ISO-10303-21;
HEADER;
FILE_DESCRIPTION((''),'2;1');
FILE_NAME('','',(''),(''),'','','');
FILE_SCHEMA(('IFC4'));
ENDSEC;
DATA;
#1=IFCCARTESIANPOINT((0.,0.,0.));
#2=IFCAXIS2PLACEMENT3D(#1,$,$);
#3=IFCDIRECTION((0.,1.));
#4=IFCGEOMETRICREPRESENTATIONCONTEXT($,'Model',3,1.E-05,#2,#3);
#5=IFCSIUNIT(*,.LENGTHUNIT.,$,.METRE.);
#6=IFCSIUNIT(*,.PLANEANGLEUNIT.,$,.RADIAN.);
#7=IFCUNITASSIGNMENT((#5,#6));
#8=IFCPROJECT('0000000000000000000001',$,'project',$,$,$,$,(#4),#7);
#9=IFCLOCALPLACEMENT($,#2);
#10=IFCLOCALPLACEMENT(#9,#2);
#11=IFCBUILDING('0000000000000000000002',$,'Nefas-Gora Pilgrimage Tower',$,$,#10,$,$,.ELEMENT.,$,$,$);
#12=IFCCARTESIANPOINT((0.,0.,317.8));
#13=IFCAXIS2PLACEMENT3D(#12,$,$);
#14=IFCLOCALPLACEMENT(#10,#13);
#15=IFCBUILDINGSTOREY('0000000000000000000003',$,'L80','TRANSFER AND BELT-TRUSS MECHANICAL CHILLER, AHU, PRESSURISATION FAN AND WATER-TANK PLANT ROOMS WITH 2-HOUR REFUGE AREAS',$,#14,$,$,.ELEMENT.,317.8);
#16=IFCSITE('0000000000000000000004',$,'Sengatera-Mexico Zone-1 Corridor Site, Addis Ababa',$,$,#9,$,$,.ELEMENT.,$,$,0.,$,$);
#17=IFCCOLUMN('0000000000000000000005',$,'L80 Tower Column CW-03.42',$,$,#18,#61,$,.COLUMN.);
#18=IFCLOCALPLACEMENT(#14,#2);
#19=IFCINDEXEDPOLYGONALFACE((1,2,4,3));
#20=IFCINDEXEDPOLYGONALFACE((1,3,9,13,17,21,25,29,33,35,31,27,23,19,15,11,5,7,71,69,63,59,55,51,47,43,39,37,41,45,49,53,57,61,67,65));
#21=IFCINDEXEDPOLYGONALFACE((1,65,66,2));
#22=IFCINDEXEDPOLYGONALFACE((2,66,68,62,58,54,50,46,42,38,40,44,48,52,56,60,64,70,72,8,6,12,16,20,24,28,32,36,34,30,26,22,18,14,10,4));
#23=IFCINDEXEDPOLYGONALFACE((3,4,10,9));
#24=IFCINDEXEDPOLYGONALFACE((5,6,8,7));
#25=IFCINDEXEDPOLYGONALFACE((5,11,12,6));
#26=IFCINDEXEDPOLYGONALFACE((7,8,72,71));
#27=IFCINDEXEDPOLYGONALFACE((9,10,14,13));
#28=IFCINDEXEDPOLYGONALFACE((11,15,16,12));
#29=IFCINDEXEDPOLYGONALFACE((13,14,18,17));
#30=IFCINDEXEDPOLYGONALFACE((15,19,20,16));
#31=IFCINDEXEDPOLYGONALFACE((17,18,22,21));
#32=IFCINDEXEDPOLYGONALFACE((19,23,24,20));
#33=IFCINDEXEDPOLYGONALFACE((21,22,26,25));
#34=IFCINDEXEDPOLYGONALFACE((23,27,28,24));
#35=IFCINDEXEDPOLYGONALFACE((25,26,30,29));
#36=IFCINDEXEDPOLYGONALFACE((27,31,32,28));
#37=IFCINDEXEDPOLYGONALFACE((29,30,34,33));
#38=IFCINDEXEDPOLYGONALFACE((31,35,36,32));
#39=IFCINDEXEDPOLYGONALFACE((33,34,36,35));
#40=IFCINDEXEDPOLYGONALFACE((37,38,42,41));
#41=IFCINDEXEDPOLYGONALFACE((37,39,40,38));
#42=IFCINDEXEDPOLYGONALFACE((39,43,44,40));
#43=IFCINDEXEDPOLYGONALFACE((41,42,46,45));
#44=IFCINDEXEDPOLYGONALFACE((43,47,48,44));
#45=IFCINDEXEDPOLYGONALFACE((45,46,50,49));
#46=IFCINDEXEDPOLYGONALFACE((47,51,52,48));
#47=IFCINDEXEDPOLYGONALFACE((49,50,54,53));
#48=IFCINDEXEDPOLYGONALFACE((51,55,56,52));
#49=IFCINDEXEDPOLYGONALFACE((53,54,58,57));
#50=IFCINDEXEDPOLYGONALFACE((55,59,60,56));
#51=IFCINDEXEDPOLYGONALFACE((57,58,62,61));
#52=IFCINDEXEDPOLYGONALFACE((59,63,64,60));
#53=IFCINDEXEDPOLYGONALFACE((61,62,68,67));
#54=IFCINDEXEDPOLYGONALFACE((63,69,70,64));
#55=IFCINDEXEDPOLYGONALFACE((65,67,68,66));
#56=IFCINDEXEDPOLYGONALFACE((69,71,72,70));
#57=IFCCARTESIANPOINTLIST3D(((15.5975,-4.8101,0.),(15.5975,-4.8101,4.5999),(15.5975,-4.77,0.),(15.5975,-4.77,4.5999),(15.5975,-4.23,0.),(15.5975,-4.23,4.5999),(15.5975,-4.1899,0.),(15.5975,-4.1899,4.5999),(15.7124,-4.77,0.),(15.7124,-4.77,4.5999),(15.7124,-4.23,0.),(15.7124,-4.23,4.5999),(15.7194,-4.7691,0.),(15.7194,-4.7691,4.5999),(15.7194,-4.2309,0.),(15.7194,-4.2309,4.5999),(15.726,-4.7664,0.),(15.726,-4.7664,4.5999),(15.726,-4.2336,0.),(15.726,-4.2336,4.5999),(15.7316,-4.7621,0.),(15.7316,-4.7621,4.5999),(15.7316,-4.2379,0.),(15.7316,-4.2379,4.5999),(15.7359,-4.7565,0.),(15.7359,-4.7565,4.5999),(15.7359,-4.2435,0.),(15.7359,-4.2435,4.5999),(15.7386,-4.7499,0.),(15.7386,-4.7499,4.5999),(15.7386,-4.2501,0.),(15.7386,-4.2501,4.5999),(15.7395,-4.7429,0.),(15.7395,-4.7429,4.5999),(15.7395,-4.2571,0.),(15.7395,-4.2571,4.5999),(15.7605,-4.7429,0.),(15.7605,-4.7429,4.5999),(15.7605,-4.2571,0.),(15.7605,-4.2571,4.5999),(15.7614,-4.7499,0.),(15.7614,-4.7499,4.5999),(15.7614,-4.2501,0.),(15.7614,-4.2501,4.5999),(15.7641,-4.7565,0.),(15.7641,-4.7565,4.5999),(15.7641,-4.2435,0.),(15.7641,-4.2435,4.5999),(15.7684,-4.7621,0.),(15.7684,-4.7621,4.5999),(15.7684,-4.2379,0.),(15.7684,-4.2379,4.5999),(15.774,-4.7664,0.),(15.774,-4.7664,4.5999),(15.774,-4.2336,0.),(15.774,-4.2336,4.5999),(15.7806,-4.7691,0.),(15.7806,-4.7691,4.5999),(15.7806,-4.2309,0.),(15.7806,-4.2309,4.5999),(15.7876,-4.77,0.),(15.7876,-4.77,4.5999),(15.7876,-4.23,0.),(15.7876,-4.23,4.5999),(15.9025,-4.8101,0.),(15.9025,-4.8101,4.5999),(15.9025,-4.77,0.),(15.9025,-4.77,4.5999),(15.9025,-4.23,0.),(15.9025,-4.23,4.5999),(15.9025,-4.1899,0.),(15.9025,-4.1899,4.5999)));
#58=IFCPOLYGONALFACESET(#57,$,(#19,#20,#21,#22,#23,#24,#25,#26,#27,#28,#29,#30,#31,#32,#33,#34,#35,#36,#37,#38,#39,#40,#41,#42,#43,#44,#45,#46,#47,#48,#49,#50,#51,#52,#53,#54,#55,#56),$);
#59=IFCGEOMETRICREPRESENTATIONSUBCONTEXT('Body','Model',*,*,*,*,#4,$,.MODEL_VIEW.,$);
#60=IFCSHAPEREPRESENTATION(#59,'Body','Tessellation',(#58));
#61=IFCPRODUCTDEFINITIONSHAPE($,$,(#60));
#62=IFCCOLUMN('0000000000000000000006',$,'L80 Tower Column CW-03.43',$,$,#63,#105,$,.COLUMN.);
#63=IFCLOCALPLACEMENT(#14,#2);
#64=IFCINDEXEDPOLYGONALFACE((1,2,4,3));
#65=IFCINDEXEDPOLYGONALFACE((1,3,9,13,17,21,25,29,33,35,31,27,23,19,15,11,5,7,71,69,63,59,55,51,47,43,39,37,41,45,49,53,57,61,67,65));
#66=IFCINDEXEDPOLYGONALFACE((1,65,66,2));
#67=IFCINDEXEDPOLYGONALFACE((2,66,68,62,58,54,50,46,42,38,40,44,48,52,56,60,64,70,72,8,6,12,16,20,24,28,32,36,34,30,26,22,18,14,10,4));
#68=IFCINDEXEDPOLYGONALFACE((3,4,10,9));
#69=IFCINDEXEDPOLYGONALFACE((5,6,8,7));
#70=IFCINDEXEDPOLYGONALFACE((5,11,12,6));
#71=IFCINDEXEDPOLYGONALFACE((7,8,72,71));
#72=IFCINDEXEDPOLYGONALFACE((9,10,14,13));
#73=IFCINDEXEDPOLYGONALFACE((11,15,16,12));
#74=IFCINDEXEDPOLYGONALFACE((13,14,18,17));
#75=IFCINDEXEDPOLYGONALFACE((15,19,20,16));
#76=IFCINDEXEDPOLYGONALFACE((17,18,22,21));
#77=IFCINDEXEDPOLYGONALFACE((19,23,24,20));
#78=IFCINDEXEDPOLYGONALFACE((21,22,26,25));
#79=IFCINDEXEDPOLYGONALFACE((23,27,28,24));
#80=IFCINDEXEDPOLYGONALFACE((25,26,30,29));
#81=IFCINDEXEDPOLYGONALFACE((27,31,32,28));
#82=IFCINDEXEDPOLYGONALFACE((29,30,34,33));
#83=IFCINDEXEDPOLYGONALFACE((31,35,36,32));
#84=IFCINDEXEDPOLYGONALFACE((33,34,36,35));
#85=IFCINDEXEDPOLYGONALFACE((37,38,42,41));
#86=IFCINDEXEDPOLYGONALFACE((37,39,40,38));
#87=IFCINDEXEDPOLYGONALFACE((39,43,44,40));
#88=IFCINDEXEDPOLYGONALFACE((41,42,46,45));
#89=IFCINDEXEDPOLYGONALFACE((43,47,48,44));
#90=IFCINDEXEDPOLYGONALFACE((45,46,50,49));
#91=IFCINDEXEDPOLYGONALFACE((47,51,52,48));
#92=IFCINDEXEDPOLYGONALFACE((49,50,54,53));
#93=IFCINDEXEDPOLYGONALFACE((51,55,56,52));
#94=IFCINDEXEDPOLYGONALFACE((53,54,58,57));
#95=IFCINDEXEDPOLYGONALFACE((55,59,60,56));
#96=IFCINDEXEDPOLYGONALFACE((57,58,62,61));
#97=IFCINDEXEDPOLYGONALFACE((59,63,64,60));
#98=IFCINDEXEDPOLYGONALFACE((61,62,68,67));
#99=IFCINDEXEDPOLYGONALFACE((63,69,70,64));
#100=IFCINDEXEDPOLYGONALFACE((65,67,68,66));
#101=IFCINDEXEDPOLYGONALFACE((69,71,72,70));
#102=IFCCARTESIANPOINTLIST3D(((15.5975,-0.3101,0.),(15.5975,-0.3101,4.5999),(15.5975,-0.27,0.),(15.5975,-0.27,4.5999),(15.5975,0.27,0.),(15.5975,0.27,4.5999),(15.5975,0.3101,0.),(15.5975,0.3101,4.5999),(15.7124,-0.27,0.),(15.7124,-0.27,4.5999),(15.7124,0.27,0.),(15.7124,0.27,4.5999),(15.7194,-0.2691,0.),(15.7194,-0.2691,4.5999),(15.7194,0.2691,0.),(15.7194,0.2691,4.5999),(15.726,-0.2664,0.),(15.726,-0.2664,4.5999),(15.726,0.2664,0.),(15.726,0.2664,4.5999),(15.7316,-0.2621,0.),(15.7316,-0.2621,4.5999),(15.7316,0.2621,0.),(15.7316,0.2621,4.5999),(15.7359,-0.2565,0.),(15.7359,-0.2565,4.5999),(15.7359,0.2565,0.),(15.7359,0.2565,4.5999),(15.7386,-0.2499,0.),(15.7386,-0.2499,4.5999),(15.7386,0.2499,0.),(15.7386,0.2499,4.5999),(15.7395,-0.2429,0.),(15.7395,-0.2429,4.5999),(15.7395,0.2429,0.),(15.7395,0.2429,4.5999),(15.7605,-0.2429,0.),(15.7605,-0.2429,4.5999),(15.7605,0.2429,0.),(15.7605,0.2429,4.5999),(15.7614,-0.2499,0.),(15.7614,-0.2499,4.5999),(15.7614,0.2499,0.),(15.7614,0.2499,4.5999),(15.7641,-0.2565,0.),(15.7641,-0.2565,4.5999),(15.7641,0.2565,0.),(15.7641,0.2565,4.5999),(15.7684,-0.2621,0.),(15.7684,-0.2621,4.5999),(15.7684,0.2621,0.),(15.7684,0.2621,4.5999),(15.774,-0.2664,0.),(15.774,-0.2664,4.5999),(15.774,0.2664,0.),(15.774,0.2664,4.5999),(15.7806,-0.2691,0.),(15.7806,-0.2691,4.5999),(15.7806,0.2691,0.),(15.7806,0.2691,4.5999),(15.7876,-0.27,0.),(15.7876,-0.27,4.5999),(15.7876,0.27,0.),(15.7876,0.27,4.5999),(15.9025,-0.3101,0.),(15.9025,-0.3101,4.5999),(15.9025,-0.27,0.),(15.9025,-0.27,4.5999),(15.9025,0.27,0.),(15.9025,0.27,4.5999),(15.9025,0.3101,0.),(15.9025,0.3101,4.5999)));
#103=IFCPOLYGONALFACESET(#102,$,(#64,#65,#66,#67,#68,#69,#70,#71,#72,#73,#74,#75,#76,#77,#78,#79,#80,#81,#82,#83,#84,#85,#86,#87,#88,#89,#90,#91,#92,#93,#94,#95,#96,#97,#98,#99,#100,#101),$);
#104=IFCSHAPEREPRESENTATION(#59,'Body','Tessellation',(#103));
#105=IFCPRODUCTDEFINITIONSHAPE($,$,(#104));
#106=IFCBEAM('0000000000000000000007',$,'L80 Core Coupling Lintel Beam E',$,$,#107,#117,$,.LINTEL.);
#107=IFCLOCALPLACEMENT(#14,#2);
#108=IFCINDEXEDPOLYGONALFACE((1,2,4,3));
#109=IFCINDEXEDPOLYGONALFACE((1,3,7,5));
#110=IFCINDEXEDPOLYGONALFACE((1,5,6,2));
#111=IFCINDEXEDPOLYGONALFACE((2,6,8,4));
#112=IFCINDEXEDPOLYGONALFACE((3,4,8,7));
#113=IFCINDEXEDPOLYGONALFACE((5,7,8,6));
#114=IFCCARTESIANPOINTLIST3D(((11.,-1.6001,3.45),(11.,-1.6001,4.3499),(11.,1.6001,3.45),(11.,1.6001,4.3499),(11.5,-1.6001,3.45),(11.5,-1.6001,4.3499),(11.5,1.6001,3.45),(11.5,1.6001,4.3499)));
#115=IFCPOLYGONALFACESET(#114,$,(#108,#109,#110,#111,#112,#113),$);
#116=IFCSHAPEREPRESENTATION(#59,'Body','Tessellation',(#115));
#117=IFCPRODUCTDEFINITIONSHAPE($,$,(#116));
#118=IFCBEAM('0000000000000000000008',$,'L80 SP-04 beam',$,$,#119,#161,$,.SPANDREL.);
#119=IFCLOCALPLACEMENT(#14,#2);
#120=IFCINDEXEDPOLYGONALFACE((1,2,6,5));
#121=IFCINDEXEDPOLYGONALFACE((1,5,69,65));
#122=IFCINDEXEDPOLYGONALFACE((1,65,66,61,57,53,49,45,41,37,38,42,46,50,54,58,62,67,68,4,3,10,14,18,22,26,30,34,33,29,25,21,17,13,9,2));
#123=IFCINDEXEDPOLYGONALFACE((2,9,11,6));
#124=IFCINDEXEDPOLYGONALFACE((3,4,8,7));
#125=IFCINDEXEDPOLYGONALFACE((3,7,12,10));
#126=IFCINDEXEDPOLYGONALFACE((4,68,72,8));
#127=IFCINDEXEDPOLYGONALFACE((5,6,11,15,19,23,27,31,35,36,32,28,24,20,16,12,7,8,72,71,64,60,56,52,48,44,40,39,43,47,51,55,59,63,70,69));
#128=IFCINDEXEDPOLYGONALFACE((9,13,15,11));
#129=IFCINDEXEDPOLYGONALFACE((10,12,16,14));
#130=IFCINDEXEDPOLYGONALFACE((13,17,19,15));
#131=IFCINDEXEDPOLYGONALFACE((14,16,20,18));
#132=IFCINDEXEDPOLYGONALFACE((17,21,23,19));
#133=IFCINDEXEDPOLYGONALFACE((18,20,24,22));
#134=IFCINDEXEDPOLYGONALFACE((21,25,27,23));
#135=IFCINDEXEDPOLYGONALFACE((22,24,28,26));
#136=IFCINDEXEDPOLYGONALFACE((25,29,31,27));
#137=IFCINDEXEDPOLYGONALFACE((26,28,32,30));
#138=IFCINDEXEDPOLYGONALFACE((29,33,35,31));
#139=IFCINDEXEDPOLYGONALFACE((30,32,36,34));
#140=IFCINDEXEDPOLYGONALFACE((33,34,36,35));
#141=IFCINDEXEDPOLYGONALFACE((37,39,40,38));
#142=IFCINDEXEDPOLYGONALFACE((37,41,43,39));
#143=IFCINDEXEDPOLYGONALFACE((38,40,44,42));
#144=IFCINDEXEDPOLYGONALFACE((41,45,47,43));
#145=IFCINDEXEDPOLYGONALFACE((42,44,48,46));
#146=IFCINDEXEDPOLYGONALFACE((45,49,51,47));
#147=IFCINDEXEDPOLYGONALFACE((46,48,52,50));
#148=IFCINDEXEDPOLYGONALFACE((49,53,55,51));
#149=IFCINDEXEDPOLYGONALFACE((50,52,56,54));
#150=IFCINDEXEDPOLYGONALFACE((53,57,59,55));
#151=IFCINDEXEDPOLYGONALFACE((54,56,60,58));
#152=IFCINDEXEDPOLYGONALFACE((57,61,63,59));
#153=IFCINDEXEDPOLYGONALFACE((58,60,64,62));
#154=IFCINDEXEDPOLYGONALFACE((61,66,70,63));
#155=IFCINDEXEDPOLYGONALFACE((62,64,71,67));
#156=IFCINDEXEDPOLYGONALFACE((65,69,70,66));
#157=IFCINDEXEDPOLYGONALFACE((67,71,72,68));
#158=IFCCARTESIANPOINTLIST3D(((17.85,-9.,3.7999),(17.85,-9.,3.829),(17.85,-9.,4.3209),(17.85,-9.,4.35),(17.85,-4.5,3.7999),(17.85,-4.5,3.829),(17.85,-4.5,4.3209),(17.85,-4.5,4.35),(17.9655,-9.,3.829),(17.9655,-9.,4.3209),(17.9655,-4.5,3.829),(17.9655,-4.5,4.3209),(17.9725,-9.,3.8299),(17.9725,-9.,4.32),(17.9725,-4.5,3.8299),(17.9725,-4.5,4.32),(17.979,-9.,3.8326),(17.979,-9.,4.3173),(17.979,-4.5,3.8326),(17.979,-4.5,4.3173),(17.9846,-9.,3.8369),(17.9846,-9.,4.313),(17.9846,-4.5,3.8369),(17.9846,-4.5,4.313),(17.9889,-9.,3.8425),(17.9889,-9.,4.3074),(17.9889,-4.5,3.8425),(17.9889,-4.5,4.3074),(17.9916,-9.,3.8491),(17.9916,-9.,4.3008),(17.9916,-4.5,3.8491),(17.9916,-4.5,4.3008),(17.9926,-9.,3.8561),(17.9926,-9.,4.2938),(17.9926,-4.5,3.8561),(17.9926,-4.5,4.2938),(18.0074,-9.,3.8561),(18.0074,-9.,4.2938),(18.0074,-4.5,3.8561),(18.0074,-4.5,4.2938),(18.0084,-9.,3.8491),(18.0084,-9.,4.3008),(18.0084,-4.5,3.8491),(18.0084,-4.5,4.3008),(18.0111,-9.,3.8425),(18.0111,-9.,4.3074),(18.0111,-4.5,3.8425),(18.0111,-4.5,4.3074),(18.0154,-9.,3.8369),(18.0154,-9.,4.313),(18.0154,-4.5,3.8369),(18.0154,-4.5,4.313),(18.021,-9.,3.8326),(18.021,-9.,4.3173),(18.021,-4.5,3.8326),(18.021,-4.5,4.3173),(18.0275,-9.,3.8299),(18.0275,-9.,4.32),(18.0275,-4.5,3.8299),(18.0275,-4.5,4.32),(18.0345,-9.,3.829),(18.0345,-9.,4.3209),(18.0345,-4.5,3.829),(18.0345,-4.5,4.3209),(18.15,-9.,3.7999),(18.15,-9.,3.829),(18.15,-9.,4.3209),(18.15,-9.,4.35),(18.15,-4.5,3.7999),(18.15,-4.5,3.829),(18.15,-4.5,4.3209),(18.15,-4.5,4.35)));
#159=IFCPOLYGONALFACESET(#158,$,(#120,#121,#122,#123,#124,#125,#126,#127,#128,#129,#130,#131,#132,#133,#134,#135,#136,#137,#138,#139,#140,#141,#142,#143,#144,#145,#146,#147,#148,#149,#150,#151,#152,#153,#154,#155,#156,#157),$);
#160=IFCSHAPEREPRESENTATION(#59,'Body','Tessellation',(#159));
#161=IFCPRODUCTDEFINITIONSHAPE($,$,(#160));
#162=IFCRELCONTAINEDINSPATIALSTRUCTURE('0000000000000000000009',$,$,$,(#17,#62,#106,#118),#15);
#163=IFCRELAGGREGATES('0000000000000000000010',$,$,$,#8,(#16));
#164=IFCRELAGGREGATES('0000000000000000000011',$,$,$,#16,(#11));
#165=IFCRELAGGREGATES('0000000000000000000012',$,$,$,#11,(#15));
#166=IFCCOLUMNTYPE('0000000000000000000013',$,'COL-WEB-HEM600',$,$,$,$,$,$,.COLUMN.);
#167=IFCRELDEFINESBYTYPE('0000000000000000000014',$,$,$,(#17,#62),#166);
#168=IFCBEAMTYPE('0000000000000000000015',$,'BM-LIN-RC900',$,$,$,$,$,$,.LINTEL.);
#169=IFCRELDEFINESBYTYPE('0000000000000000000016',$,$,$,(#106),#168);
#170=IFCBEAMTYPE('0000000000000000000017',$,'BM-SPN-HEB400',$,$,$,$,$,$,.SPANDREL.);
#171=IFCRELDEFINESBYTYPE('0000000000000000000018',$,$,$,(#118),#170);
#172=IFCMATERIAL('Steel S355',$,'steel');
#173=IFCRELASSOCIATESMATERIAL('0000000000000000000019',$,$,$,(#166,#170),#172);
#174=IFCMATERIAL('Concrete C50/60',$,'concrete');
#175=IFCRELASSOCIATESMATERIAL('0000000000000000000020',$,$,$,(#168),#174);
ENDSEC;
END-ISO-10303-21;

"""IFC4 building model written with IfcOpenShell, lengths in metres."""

from ifc_helpers import new_model, si_unit, direction, frame, origin, origin_2d, place, context, subcontext, project, spatial, rectangle, i_section, extrude, source, transform, mapped, material, material_profile, profile_set, type_object, element, save


model = new_model("IFC4")

# Units and contexts
model_context = context("Model", 3, precision=1e-05, world=origin(), true_north=direction((0.0, 1.0)))
body_context = subcontext(model_context, "Body", "Model", "MODEL_VIEW")
ifc_project = project(units=[si_unit("LENGTHUNIT", "METRE"), si_unit("PLANEANGLEUNIT", "RADIAN")], contexts=[model_context])

# Site, building, storey
site_placement = place(None, origin())
site = spatial("IfcSite", under=ifc_project, at=site_placement, Name="Sengatera-Mexico Zone-1 Corridor Site, Addis Ababa", CompositionType="ELEMENT", RefElevation=0.0)
building_placement = place(site_placement, origin())
building = spatial("IfcBuilding", under=site, at=building_placement, Name="Nefas-Gora Pilgrimage Tower", CompositionType="ELEMENT")
storey_placement = place(building_placement, frame((0.0, 0.0, 317.8)))
storey = spatial("IfcBuildingStorey", under=building, at=storey_placement, Name="L80", Description="TRANSFER AND BELT-TRUSS MECHANICAL CHILLER, AHU, PRESSURISATION FAN AND WATER-TANK PLANT ROOMS WITH 2-HOUR REFUGE AREAS", CompositionType="ELEMENT", Elevation=317.8)

# Columns
ifc_material_1 = material(Name="Steel S355", Category="steel")
ifc_material_profile_1 = material_profile(ifc_material_1, i_section(OverallWidth=0.3049, OverallDepth=0.6201, WebThickness=0.021, FlangeThickness=0.04, FilletRadius=0.0271, at=origin_2d()), Name="HEM 600")
ifc_profile_set_1 = profile_set([ifc_material_profile_1], Name="Steel S355")
column_type_1 = type_object("IfcColumnType", Name="COL-WEB-HEM600", PredefinedType="COLUMN", material=ifc_profile_set_1)
shared_shape_1 = source(origin(), body_context, "Body", "SweptSolid", [
    extrude(i_section(OverallWidth=0.3049, OverallDepth=0.6201, WebThickness=0.021, FlangeThickness=0.04, FilletRadius=0.0271, at=origin_2d()), origin(), (0.0, 0.0, 1.0), 4.5999),
])
for number, where, z_axis, x_axis, name in (
    (1, (15.75, -4.5, 0.0), (0.0, 0.0, 1.0), (1.0, 0.0, 0.0), "L80 Tower Column CW-03.42"),
    (2, (15.75, 0.0, 0.0), (0.0, 0.0, 1.0), (1.0, 0.0, 0.0), "L80 Tower Column CW-03.43"),
):
    element("IfcColumn", number, at=place(storey_placement, frame(where, z_axis=z_axis, x_axis=x_axis)), inside=storey, type_object=column_type_1, Name=name, PredefinedType="COLUMN", context=body_context, shape_type="MappedRepresentation", body=[
        mapped(shared_shape_1, transform((0.0, 0.0, 0.0), x_axis=(1.0, 0.0, 0.0), y_axis=(0.0, 1.0, 0.0), z_axis=(0.0, 0.0, 1.0), scale=1.0)),
    ])

# Beams
ifc_material_2 = material(Name="Concrete C50/60", Category="concrete")
ifc_material_profile_2 = material_profile(ifc_material_2, rectangle(XDim=0.5, YDim=0.8999, at=origin_2d()), Name="RC 500x900")
ifc_profile_set_2 = profile_set([ifc_material_profile_2], Name="Concrete C50/60")
beam_type_1 = type_object("IfcBeamType", Name="BM-LIN-RC900", PredefinedType="LINTEL", material=ifc_profile_set_2)
shared_shape_2 = source(origin(), body_context, "Body", "SweptSolid", [
    extrude(rectangle(XDim=0.5, YDim=0.8999, at=origin_2d()), origin(), (0.0, 0.0, 1.0), 3.2002),
])
beam_placement = place(storey_placement, frame((11.25, -1.6001, 3.8999), z_axis=(0.0, 1.0, 0.0), x_axis=(-1.0, 0.0, 0.0)))
element("IfcBeam", 3, at=beam_placement, inside=storey, type_object=beam_type_1, Name="L80 Core Coupling Lintel Beam E", PredefinedType="LINTEL", context=body_context, shape_type="MappedRepresentation", body=[
    mapped(shared_shape_2, transform((0.0, 0.0, 0.0), x_axis=(1.0, 0.0, 0.0), y_axis=(0.0, 1.0, 0.0), z_axis=(0.0, 0.0, 1.0), scale=1.0)),
])
ifc_material_profile_3 = material_profile(ifc_material_1, i_section(OverallWidth=0.3, OverallDepth=0.55, WebThickness=0.0149, FlangeThickness=0.0291, FilletRadius=0.0271, at=origin_2d()), Name="HEB 550")
ifc_profile_set_3 = profile_set([ifc_material_profile_3], Name="Steel S355")
beam_type_2 = type_object("IfcBeamType", Name="BM-SPN-HEB400", PredefinedType="SPANDREL", material=ifc_profile_set_3)
shared_shape_3 = source(origin(), body_context, "Body", "SweptSolid", [
    extrude(i_section(OverallWidth=0.3, OverallDepth=0.55, WebThickness=0.0149, FlangeThickness=0.0291, FilletRadius=0.0271, at=origin_2d()), origin(), (0.0, 0.0, 1.0), 4.5),
])
for number, where, z_axis, x_axis, name in (
    (4, (18.0, -9.0, 4.075), (0.0, 1.0, 0.0), (-1.0, 0.0, 0.0), "L80 SP-04 beam"),
):
    element("IfcBeam", number, at=place(storey_placement, frame(where, z_axis=z_axis, x_axis=x_axis)), inside=storey, type_object=beam_type_2, Name=name, PredefinedType="SPANDREL", context=body_context, shape_type="MappedRepresentation", body=[
        mapped(shared_shape_3, transform((0.0, 0.0, 0.0), x_axis=(1.0, 0.0, 0.0), y_axis=(0.0, 1.0, 0.0), z_axis=(0.0, 0.0, 1.0), scale=1.0)),
    ])

save(model, "model.ifc")
